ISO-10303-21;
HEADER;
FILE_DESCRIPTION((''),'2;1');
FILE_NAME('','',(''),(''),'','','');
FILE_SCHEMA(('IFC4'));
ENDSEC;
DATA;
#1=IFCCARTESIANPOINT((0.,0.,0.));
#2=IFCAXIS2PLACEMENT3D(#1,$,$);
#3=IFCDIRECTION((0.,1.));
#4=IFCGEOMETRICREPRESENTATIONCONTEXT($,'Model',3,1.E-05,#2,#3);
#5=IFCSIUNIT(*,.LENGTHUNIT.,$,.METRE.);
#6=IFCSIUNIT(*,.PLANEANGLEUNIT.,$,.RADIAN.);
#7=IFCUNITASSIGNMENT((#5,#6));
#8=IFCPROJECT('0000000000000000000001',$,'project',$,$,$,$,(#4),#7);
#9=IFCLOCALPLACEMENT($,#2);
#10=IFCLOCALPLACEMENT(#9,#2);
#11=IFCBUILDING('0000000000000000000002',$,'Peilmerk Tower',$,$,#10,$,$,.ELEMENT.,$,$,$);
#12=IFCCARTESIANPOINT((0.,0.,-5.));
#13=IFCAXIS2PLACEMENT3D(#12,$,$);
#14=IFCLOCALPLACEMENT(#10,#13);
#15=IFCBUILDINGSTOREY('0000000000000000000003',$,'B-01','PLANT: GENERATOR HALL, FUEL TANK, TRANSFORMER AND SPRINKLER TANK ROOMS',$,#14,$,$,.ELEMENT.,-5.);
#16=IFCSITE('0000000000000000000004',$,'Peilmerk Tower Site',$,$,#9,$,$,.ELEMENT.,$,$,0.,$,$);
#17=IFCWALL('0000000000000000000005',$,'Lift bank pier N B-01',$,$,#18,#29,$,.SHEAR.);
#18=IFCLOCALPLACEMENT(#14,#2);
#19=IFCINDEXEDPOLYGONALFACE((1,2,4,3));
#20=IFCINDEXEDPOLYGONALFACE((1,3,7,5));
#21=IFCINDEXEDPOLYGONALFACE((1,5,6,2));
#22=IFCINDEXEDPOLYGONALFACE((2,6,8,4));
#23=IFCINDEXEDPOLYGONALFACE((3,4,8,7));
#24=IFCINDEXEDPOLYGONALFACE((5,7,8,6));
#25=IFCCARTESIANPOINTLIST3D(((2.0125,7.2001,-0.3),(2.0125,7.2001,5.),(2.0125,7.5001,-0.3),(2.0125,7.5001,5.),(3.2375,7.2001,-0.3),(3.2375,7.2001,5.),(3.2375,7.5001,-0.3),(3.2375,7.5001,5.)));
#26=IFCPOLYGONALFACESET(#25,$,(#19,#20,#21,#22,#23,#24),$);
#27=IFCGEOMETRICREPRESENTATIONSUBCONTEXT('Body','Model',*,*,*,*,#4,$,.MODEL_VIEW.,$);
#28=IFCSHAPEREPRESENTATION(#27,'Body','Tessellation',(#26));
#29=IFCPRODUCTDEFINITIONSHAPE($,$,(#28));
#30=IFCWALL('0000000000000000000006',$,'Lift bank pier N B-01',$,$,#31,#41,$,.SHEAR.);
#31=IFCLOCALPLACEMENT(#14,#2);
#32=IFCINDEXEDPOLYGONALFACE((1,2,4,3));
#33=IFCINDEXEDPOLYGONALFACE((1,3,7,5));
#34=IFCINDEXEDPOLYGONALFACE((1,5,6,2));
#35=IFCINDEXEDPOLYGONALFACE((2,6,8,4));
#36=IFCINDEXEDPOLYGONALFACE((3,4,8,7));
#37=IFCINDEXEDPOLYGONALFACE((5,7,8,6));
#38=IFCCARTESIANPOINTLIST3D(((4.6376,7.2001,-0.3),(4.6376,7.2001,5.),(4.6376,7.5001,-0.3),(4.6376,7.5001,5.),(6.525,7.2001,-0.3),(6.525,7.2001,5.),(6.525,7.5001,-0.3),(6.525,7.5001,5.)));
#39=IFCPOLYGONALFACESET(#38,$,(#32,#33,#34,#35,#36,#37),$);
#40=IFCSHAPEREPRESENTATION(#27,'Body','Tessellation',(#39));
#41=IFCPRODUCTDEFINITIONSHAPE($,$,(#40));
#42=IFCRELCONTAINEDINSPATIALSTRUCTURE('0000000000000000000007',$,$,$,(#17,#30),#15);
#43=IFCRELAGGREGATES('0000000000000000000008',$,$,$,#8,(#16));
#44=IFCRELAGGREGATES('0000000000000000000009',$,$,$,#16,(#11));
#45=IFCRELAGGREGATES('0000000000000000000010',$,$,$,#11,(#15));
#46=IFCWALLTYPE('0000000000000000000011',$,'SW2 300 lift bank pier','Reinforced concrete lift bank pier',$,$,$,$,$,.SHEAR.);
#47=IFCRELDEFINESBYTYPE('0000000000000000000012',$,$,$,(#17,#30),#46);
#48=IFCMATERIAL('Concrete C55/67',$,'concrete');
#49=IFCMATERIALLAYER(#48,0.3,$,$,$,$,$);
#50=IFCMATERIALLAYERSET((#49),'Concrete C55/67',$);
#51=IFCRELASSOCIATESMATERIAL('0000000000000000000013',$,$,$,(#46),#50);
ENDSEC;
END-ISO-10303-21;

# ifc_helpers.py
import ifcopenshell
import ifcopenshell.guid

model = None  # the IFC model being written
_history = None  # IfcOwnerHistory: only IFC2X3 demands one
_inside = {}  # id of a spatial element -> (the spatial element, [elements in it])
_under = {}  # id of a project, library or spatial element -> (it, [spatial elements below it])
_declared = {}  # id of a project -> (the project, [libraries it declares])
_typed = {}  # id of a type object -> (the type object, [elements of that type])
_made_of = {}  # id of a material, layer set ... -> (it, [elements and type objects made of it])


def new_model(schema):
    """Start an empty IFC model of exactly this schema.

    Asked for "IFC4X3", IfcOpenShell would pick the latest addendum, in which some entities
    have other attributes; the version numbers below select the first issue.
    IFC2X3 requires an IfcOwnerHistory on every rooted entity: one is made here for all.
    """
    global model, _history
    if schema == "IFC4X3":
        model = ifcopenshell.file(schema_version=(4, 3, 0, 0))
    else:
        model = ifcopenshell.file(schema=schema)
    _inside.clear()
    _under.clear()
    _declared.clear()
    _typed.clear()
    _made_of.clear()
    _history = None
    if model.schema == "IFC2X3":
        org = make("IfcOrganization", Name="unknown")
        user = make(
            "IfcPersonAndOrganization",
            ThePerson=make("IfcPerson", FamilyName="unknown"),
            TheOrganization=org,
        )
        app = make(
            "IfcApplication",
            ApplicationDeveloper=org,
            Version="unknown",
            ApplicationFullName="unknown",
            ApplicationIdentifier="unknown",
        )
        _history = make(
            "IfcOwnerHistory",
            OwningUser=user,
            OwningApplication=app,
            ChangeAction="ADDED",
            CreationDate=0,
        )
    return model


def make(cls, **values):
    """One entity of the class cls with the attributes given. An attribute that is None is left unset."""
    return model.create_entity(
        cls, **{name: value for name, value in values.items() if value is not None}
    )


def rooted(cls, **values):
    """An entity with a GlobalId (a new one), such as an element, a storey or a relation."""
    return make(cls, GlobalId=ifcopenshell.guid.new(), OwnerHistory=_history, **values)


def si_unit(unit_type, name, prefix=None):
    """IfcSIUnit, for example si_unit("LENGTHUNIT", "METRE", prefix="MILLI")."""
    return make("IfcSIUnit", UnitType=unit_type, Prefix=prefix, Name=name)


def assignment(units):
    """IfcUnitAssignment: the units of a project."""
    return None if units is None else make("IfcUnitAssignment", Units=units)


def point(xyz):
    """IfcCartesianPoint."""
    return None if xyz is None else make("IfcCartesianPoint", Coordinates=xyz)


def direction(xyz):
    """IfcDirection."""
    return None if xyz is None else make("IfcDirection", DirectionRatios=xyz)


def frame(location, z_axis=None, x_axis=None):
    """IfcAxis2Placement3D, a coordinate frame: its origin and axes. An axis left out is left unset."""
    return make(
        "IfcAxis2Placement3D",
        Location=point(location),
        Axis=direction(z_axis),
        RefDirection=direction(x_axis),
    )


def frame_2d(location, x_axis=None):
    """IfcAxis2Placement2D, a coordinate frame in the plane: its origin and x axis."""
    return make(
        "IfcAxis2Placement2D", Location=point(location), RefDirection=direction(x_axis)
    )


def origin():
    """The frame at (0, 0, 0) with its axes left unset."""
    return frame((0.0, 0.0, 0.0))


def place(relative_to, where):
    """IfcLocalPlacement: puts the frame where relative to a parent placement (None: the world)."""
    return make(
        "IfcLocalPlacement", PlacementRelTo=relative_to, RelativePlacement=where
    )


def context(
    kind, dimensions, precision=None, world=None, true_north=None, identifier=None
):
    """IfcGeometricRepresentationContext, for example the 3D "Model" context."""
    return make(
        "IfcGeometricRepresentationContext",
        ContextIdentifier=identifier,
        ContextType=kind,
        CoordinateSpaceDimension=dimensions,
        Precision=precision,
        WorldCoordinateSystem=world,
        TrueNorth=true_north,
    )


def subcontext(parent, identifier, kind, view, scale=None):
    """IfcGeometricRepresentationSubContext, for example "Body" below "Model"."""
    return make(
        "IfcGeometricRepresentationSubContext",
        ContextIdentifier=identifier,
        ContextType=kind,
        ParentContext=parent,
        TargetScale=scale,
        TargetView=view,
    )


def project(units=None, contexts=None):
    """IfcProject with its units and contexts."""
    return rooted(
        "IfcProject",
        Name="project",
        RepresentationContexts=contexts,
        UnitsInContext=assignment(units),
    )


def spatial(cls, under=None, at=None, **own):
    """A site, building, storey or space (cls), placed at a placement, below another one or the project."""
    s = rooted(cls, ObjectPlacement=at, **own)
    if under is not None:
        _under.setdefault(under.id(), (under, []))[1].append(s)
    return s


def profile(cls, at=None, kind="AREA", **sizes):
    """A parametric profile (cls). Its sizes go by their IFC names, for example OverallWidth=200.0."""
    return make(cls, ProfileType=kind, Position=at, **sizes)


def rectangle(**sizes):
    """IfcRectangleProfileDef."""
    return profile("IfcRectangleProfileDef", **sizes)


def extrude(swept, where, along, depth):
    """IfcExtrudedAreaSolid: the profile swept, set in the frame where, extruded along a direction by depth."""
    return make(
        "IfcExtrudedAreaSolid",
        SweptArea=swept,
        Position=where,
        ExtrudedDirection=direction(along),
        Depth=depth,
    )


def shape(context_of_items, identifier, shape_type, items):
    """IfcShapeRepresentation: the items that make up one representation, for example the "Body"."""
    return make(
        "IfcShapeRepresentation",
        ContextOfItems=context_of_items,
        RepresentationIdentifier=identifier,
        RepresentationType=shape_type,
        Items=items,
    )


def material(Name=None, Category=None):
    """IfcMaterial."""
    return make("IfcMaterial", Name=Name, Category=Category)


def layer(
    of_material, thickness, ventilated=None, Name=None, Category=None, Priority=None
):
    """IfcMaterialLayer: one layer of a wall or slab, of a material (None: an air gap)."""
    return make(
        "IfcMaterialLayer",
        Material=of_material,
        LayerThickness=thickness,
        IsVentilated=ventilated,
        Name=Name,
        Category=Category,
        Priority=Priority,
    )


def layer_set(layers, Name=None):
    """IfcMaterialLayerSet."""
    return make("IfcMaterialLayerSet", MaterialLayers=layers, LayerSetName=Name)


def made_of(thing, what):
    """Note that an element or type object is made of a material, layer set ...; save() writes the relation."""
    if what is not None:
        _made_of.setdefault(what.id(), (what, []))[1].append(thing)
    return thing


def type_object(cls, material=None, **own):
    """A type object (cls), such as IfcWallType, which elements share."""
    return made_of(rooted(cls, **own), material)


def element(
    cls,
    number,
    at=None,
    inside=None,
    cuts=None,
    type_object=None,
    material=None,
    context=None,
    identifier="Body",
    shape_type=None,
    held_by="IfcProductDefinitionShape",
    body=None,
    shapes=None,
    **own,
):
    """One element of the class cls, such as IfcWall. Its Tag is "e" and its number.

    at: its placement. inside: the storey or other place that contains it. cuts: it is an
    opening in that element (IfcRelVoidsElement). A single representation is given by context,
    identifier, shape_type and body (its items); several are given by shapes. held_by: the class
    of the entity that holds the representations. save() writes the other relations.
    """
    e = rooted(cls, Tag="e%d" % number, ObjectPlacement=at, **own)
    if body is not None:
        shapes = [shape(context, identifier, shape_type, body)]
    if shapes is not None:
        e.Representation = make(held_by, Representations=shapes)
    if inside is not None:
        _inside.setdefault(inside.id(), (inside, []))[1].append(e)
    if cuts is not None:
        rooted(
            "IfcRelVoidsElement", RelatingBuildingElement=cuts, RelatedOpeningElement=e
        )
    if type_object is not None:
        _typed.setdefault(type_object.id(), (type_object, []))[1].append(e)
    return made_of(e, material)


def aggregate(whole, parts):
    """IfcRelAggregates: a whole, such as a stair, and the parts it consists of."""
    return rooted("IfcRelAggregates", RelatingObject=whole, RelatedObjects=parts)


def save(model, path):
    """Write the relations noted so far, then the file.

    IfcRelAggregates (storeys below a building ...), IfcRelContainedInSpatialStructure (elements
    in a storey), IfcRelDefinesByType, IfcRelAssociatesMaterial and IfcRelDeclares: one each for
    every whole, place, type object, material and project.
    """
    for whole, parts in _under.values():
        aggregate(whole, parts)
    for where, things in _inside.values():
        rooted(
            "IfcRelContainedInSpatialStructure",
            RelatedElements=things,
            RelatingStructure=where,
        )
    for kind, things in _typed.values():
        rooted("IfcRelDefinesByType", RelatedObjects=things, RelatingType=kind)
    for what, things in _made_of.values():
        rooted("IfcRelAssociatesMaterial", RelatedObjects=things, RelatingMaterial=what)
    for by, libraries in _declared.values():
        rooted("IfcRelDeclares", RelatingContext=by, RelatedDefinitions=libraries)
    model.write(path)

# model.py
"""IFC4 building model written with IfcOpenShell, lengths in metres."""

from ifc_helpers import new_model, si_unit, direction, frame, frame_2d, origin, place, context, subcontext, project, spatial, rectangle, extrude, material, layer, layer_set, type_object, element, save


model = new_model("IFC4")

# Units and contexts
model_context = context("Model", 3, precision=1e-05, world=origin(), true_north=direction((0.0, 1.0)))
body_context = subcontext(model_context, "Body", "Model", "MODEL_VIEW")
ifc_project = project(units=[si_unit("LENGTHUNIT", "METRE"), si_unit("PLANEANGLEUNIT", "RADIAN")], contexts=[model_context])

# Site, building, storey
site_placement = place(None, origin())
site = spatial("IfcSite", under=ifc_project, at=site_placement, Name="Peilmerk Tower Site", CompositionType="ELEMENT", RefElevation=0.0)
building_placement = place(site_placement, origin())
building = spatial("IfcBuilding", under=site, at=building_placement, Name="Peilmerk Tower", CompositionType="ELEMENT")
storey_placement = place(building_placement, frame((0.0, 0.0, -5.0)))
storey = spatial("IfcBuildingStorey", under=building, at=storey_placement, Name="B-01", Description="PLANT: GENERATOR HALL, FUEL TANK, TRANSFORMER AND SPRINKLER TANK ROOMS", CompositionType="ELEMENT", Elevation=-5.0)

# Shared definitions
ifc_material_1 = material(Name="Concrete C55/67", Category="concrete")

# Walls
ifc_layer_1 = layer(ifc_material_1, 0.3)
ifc_layer_set_1 = layer_set([ifc_layer_1], Name="Concrete C55/67")
wall_type_1 = type_object("IfcWallType", Name="SW2 300 lift bank pier", Description="Reinforced concrete lift bank pier", PredefinedType="SHEAR", material=ifc_layer_set_1)
wall_1_placement = place(storey_placement, frame((2.0125, 7.3501, -0.3), z_axis=(0.0, 0.0, 1.0), x_axis=(1.0, 0.0, 0.0)))
element("IfcWall", 1, at=wall_1_placement, inside=storey, type_object=wall_type_1, Name="Lift bank pier N B-01", PredefinedType="SHEAR", context=body_context, shape_type="SweptSolid", body=[
    extrude(rectangle(XDim=1.2251, YDim=0.3, at=frame_2d((0.6125, 0.0))), origin(), (0.0, 0.0, 1.0), 5.3),
])
wall_2_placement = place(storey_placement, frame((4.6375, 7.3501, -0.3), z_axis=(0.0, 0.0, 1.0), x_axis=(1.0, 0.0, 0.0)))
element("IfcWall", 2, at=wall_2_placement, inside=storey, type_object=wall_type_1, Name="Lift bank pier N B-01", PredefinedType="SHEAR", context=body_context, shape_type="SweptSolid", body=[
    extrude(rectangle(XDim=1.8875, YDim=0.3, at=frame_2d((0.9438, 0.0))), origin(), (0.0, 0.0, 1.0), 5.3),
])

save(model, "model.ifc")
